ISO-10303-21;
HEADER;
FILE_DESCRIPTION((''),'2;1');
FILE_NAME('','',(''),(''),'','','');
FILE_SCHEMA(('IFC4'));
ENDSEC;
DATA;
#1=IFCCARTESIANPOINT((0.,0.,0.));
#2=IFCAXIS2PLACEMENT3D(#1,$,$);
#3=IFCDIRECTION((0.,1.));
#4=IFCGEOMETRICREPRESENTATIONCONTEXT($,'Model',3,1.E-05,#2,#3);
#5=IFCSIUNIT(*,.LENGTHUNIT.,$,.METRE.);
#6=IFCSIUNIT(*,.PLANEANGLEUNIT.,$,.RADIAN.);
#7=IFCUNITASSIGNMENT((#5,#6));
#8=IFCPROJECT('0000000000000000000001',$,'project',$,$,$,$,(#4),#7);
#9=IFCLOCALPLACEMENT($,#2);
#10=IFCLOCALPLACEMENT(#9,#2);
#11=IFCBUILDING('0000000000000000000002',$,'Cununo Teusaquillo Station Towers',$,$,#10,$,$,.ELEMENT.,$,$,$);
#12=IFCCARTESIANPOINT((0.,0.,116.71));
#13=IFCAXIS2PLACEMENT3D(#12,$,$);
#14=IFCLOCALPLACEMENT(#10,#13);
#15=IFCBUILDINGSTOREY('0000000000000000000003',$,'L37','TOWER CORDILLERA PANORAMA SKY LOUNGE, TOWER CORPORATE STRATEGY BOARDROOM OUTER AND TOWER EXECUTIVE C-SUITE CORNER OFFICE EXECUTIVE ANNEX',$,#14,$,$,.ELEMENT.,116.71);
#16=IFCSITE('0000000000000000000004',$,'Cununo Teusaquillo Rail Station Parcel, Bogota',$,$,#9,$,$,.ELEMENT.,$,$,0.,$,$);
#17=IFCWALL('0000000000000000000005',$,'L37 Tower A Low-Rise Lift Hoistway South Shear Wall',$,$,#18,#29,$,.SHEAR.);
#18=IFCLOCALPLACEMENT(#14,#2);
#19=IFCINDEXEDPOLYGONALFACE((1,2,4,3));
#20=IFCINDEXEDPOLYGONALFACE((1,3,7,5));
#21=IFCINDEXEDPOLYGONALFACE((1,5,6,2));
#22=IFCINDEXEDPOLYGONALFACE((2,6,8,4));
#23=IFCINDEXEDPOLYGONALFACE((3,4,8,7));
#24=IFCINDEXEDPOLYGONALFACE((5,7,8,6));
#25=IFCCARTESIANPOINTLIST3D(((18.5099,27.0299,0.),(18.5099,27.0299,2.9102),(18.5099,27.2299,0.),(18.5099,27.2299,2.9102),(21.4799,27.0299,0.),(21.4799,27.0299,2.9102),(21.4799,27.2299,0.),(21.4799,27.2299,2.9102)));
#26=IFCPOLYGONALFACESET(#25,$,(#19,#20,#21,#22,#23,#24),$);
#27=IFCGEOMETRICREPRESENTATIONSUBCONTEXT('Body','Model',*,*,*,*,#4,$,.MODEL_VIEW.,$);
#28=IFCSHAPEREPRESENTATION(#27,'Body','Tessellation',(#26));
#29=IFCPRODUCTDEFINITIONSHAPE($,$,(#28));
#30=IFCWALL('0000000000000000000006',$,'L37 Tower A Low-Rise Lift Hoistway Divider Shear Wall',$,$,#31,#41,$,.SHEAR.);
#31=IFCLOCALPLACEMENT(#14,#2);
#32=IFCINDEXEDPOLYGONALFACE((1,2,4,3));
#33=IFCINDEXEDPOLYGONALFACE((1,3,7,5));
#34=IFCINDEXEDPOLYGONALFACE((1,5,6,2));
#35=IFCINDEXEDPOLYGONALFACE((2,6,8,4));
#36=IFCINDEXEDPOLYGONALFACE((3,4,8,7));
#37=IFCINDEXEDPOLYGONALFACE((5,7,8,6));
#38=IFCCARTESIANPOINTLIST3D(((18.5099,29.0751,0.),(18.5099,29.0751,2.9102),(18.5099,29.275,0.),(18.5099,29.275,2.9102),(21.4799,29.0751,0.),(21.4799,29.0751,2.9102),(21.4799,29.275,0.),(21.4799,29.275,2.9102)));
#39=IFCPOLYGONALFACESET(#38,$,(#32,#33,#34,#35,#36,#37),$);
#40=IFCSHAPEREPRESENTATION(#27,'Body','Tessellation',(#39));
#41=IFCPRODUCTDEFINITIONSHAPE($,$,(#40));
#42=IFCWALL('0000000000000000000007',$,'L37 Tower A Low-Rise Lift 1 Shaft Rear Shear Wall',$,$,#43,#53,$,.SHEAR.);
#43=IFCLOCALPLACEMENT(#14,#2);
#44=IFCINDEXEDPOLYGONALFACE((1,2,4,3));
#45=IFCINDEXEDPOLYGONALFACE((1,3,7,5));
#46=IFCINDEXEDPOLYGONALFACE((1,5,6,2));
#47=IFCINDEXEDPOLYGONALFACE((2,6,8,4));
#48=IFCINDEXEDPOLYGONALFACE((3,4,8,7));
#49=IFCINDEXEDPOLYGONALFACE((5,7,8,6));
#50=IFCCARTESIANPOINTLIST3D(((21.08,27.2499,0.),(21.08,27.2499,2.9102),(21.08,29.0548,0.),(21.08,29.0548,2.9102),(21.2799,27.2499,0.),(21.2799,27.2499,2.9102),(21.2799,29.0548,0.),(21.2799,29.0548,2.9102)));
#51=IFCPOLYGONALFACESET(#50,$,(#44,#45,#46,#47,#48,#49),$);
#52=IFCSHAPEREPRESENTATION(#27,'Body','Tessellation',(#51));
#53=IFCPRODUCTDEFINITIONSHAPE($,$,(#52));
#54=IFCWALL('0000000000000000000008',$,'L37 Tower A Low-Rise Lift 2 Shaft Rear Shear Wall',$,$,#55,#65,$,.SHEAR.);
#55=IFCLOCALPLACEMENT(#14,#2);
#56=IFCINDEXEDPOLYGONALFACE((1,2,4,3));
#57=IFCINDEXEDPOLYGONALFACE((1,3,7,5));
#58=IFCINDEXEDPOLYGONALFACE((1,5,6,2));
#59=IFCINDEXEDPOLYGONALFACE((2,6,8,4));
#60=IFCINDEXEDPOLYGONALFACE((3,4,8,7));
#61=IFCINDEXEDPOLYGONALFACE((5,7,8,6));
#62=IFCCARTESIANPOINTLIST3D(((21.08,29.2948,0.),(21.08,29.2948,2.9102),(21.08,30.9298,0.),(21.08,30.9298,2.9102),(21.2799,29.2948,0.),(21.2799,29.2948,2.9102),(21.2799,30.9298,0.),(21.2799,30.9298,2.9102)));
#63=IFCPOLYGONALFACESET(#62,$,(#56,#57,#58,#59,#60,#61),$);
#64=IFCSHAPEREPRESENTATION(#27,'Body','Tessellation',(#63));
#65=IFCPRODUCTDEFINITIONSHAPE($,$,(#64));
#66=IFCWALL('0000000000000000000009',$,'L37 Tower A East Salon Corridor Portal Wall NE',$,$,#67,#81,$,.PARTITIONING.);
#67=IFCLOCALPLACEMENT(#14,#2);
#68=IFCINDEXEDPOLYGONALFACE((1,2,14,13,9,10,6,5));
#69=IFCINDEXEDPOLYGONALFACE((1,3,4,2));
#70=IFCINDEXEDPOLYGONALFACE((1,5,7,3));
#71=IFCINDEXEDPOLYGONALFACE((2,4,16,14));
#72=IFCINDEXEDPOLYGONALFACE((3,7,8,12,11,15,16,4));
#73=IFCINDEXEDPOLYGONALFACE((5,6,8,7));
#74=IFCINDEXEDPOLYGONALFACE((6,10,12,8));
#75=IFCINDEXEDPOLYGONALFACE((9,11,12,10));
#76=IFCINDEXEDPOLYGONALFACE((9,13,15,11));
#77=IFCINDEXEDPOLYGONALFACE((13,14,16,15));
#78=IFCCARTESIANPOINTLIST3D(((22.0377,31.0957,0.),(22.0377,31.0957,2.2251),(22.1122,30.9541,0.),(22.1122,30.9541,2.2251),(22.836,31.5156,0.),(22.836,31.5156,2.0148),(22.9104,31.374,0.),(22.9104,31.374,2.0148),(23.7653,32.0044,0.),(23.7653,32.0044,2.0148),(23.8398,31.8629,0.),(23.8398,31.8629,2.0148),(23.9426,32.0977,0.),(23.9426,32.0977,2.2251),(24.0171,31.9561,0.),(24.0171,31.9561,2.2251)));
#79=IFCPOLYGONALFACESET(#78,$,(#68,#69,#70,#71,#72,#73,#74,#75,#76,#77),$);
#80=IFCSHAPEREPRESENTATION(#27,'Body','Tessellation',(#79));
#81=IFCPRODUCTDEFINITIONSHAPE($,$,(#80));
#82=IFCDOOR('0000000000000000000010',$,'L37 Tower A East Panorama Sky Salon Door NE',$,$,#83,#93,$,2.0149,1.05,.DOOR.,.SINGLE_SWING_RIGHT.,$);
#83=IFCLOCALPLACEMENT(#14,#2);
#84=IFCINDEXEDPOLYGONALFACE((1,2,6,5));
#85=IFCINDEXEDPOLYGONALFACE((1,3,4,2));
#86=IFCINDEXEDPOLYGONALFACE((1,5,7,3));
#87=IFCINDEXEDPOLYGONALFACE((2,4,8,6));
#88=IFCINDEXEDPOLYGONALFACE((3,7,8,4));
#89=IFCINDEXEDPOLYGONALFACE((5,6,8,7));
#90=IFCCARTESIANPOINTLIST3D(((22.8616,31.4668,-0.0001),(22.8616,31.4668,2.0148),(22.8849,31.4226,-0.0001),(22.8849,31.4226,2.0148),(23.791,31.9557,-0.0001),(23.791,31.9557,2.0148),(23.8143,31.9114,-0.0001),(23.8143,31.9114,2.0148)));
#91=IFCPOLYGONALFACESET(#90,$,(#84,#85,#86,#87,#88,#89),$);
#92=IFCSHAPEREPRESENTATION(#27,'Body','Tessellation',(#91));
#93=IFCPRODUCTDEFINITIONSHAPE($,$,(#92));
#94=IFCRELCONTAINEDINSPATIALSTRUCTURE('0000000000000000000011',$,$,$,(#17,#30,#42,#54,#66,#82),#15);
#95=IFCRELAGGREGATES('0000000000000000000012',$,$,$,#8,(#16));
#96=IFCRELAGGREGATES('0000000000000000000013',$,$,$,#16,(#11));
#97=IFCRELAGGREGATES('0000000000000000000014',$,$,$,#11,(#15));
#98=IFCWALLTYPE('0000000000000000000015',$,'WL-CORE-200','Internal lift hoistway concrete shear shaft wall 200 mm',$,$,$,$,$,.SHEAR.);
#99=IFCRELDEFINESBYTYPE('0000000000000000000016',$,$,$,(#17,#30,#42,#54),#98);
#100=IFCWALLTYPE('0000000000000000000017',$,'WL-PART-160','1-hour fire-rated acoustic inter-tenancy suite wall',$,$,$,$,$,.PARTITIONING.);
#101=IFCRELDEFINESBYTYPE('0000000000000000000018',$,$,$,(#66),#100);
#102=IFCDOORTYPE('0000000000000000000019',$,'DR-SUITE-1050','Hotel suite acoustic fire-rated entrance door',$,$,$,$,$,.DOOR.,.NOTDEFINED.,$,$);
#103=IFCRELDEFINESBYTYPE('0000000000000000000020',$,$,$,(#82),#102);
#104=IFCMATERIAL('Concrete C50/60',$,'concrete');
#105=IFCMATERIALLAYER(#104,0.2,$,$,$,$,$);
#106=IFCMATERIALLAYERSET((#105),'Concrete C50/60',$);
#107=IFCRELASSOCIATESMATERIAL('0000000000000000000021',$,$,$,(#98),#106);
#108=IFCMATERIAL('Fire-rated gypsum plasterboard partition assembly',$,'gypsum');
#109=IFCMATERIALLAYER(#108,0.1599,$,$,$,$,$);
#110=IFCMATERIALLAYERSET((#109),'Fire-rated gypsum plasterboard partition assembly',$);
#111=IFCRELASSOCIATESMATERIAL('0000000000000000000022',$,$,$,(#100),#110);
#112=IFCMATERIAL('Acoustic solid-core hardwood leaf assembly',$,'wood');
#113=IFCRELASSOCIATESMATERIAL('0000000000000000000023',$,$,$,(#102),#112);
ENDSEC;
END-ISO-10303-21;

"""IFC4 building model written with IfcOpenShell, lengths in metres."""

from ifc_helpers import new_model, si_unit, direction, frame, frame_2d, origin, place, context, subcontext, project, spatial, rectangle, extrude, source, transform, mapped, material, layer, layer_set, type_object, element, fill, save


model = new_model("IFC4")

# Units and contexts
model_context = context("Model", 3, precision=1e-05, world=origin(), true_north=direction((0.0, 1.0)))
body_context = subcontext(model_context, "Body", "Model", "MODEL_VIEW")
ifc_project = project(units=[si_unit("LENGTHUNIT", "METRE"), si_unit("PLANEANGLEUNIT", "RADIAN")], contexts=[model_context])

# Site, building, storey
site_placement = place(None, origin())
site = spatial("IfcSite", under=ifc_project, at=site_placement, Name="Cununo Teusaquillo Rail Station Parcel, Bogota", CompositionType="ELEMENT", RefElevation=0.0)
building_placement = place(site_placement, origin())
building = spatial("IfcBuilding", under=site, at=building_placement, Name="Cununo Teusaquillo Station Towers", CompositionType="ELEMENT")
storey_placement = place(building_placement, frame((0.0, 0.0, 116.71)))
storey = spatial("IfcBuildingStorey", under=building, at=storey_placement, Name="L37", Description="TOWER CORDILLERA PANORAMA SKY LOUNGE, TOWER CORPORATE STRATEGY BOARDROOM OUTER AND TOWER EXECUTIVE C-SUITE CORNER OFFICE EXECUTIVE ANNEX", CompositionType="ELEMENT", Elevation=116.71)

# Walls
ifc_material_1 = material(Name="Concrete C50/60", Category="concrete")
ifc_layer_1 = layer(ifc_material_1, 0.2)
ifc_layer_set_1 = layer_set([ifc_layer_1], Name="Concrete C50/60")
wall_type_1 = type_object("IfcWallType", Name="WL-CORE-200", Description="Internal lift hoistway concrete shear shaft wall 200 mm", PredefinedType="SHEAR", material=ifc_layer_set_1)
for number, where, z_axis, x_axis, name in (
    (1, (18.51, 27.1299, 0.0), (0.0, 0.0, 1.0), (1.0, 0.0, 0.0), "L37 Tower A Low-Rise Lift Hoistway South Shear Wall"),
    (2, (18.51, 29.175, 0.0), (0.0, 0.0, 1.0), (1.0, 0.0, 0.0), "L37 Tower A Low-Rise Lift Hoistway Divider Shear Wall"),
):
    element("IfcWall", number, at=place(storey_placement, frame(where, z_axis=z_axis, x_axis=x_axis)), inside=storey, type_object=wall_type_1, Name=name, PredefinedType="SHEAR", context=body_context, shape_type="SweptSolid", body=[
        extrude(rectangle(XDim=2.97, YDim=0.2, at=frame_2d((1.4849, 0.0))), origin(), (0.0, 0.0, 1.0), 2.9102),
    ])
wall_1_placement = place(storey_placement, frame((21.1799, 27.25, 0.0), z_axis=(0.0, 0.0, 1.0), x_axis=(0.0, 1.0, 0.0)))
element("IfcWall", 3, at=wall_1_placement, inside=storey, type_object=wall_type_1, Name="L37 Tower A Low-Rise Lift 1 Shaft Rear Shear Wall", PredefinedType="SHEAR", context=body_context, shape_type="SweptSolid", body=[
    extrude(rectangle(XDim=1.8049, YDim=0.2, at=frame_2d((0.9023, 0.0))), origin(), (0.0, 0.0, 1.0), 2.9102),
])
wall_2_placement = place(storey_placement, frame((21.1799, 29.2949, 0.0), z_axis=(0.0, 0.0, 1.0), x_axis=(0.0, 1.0, 0.0)))
element("IfcWall", 4, at=wall_2_placement, inside=storey, type_object=wall_type_1, Name="L37 Tower A Low-Rise Lift 2 Shaft Rear Shear Wall", PredefinedType="SHEAR", context=body_context, shape_type="SweptSolid", body=[
    extrude(rectangle(XDim=1.635, YDim=0.2, at=frame_2d((0.8174, 0.0))), origin(), (0.0, 0.0, 1.0), 2.9102),
])

# Wall, opening, door
ifc_material_2 = material(Name="Fire-rated gypsum plasterboard partition assembly", Category="gypsum")
ifc_layer_2 = layer(ifc_material_2, 0.1599)
ifc_layer_set_2 = layer_set([ifc_layer_2], Name="Fire-rated gypsum plasterboard partition assembly")
wall_type_2 = type_object("IfcWallType", Name="WL-PART-160", Description="1-hour fire-rated acoustic inter-tenancy suite wall", PredefinedType="PARTITIONING", material=ifc_layer_set_2)
wall_3_placement = place(storey_placement, frame((22.075, 31.0249, 0.0), z_axis=(0.0, 0.0, 1.0), x_axis=(0.885026, 0.465541, 0.0)))
wall_3 = element("IfcWall", 5, at=wall_3_placement, inside=storey, type_object=wall_type_2, Name="L37 Tower A East Salon Corridor Portal Wall NE", PredefinedType="PARTITIONING", context=body_context, shape_type="SweptSolid", body=[
    extrude(rectangle(XDim=2.1523, YDim=0.1599, at=frame_2d((1.0762, 0.0))), origin(), (0.0, 0.0, 1.0), 2.2251),
])
shared_shape_1 = source(origin(), body_context, "Body", "SweptSolid", [
    extrude(rectangle(XDim=1.05, YDim=2.0149, at=frame_2d((0.5249, 1.0073))), frame((0.0, 0.0898, 0.0), z_axis=(0.0, -1.0, 0.0), x_axis=(1.0, 0.0, 0.0)), (0.0, 0.0, 1.0), 0.1799),
])
opening_placement = place(wall_3_placement, frame((0.9021, 0.0, 0.0)))
opening = element("IfcOpeningElement", 6, at=opening_placement, cuts=wall_3, PredefinedType="OPENING", context=body_context, shape_type="MappedRepresentation", body=[
    mapped(shared_shape_1, transform((0.0, 0.0, 0.0), x_axis=(1.0, 0.0, 0.0), y_axis=(0.0, 1.0, 0.0), z_axis=(0.0, 0.0, 1.0), scale=1.0)),
])
ifc_material_3 = material(Name="Acoustic solid-core hardwood leaf assembly", Category="wood")
door_type = type_object("IfcDoorType", Name="DR-SUITE-1050", Description="Hotel suite acoustic fire-rated entrance door", OperationType="NOTDEFINED", PredefinedType="DOOR", material=ifc_material_3)
shared_shape_2 = source(origin(), body_context, "Body", "SweptSolid", [
    extrude(rectangle(XDim=1.05, YDim=2.0149, at=frame_2d((0.5249, 1.0073))), frame((0.0, 0.0249, 0.0), z_axis=(0.0, -1.0, 0.0), x_axis=(1.0, 0.0, 0.0)), (0.0, 0.0, 1.0), 0.05),
])
door_placement = place(opening_placement, origin())
door = element("IfcDoor", 7, at=door_placement, inside=storey, type_object=door_type, Name="L37 Tower A East Panorama Sky Salon Door NE", OperationType="SINGLE_SWING_RIGHT", OverallHeight=2.0149, OverallWidth=1.05, PredefinedType="DOOR", context=body_context, shape_type="MappedRepresentation", body=[
    mapped(shared_shape_2, transform((0.0, 0.0, 0.0), x_axis=(1.0, 0.0, 0.0), y_axis=(0.0, 1.0, 0.0), z_axis=(0.0, 0.0, 1.0), scale=1.0)),
])
fill(opening, door)

save(model, "model.ifc")
